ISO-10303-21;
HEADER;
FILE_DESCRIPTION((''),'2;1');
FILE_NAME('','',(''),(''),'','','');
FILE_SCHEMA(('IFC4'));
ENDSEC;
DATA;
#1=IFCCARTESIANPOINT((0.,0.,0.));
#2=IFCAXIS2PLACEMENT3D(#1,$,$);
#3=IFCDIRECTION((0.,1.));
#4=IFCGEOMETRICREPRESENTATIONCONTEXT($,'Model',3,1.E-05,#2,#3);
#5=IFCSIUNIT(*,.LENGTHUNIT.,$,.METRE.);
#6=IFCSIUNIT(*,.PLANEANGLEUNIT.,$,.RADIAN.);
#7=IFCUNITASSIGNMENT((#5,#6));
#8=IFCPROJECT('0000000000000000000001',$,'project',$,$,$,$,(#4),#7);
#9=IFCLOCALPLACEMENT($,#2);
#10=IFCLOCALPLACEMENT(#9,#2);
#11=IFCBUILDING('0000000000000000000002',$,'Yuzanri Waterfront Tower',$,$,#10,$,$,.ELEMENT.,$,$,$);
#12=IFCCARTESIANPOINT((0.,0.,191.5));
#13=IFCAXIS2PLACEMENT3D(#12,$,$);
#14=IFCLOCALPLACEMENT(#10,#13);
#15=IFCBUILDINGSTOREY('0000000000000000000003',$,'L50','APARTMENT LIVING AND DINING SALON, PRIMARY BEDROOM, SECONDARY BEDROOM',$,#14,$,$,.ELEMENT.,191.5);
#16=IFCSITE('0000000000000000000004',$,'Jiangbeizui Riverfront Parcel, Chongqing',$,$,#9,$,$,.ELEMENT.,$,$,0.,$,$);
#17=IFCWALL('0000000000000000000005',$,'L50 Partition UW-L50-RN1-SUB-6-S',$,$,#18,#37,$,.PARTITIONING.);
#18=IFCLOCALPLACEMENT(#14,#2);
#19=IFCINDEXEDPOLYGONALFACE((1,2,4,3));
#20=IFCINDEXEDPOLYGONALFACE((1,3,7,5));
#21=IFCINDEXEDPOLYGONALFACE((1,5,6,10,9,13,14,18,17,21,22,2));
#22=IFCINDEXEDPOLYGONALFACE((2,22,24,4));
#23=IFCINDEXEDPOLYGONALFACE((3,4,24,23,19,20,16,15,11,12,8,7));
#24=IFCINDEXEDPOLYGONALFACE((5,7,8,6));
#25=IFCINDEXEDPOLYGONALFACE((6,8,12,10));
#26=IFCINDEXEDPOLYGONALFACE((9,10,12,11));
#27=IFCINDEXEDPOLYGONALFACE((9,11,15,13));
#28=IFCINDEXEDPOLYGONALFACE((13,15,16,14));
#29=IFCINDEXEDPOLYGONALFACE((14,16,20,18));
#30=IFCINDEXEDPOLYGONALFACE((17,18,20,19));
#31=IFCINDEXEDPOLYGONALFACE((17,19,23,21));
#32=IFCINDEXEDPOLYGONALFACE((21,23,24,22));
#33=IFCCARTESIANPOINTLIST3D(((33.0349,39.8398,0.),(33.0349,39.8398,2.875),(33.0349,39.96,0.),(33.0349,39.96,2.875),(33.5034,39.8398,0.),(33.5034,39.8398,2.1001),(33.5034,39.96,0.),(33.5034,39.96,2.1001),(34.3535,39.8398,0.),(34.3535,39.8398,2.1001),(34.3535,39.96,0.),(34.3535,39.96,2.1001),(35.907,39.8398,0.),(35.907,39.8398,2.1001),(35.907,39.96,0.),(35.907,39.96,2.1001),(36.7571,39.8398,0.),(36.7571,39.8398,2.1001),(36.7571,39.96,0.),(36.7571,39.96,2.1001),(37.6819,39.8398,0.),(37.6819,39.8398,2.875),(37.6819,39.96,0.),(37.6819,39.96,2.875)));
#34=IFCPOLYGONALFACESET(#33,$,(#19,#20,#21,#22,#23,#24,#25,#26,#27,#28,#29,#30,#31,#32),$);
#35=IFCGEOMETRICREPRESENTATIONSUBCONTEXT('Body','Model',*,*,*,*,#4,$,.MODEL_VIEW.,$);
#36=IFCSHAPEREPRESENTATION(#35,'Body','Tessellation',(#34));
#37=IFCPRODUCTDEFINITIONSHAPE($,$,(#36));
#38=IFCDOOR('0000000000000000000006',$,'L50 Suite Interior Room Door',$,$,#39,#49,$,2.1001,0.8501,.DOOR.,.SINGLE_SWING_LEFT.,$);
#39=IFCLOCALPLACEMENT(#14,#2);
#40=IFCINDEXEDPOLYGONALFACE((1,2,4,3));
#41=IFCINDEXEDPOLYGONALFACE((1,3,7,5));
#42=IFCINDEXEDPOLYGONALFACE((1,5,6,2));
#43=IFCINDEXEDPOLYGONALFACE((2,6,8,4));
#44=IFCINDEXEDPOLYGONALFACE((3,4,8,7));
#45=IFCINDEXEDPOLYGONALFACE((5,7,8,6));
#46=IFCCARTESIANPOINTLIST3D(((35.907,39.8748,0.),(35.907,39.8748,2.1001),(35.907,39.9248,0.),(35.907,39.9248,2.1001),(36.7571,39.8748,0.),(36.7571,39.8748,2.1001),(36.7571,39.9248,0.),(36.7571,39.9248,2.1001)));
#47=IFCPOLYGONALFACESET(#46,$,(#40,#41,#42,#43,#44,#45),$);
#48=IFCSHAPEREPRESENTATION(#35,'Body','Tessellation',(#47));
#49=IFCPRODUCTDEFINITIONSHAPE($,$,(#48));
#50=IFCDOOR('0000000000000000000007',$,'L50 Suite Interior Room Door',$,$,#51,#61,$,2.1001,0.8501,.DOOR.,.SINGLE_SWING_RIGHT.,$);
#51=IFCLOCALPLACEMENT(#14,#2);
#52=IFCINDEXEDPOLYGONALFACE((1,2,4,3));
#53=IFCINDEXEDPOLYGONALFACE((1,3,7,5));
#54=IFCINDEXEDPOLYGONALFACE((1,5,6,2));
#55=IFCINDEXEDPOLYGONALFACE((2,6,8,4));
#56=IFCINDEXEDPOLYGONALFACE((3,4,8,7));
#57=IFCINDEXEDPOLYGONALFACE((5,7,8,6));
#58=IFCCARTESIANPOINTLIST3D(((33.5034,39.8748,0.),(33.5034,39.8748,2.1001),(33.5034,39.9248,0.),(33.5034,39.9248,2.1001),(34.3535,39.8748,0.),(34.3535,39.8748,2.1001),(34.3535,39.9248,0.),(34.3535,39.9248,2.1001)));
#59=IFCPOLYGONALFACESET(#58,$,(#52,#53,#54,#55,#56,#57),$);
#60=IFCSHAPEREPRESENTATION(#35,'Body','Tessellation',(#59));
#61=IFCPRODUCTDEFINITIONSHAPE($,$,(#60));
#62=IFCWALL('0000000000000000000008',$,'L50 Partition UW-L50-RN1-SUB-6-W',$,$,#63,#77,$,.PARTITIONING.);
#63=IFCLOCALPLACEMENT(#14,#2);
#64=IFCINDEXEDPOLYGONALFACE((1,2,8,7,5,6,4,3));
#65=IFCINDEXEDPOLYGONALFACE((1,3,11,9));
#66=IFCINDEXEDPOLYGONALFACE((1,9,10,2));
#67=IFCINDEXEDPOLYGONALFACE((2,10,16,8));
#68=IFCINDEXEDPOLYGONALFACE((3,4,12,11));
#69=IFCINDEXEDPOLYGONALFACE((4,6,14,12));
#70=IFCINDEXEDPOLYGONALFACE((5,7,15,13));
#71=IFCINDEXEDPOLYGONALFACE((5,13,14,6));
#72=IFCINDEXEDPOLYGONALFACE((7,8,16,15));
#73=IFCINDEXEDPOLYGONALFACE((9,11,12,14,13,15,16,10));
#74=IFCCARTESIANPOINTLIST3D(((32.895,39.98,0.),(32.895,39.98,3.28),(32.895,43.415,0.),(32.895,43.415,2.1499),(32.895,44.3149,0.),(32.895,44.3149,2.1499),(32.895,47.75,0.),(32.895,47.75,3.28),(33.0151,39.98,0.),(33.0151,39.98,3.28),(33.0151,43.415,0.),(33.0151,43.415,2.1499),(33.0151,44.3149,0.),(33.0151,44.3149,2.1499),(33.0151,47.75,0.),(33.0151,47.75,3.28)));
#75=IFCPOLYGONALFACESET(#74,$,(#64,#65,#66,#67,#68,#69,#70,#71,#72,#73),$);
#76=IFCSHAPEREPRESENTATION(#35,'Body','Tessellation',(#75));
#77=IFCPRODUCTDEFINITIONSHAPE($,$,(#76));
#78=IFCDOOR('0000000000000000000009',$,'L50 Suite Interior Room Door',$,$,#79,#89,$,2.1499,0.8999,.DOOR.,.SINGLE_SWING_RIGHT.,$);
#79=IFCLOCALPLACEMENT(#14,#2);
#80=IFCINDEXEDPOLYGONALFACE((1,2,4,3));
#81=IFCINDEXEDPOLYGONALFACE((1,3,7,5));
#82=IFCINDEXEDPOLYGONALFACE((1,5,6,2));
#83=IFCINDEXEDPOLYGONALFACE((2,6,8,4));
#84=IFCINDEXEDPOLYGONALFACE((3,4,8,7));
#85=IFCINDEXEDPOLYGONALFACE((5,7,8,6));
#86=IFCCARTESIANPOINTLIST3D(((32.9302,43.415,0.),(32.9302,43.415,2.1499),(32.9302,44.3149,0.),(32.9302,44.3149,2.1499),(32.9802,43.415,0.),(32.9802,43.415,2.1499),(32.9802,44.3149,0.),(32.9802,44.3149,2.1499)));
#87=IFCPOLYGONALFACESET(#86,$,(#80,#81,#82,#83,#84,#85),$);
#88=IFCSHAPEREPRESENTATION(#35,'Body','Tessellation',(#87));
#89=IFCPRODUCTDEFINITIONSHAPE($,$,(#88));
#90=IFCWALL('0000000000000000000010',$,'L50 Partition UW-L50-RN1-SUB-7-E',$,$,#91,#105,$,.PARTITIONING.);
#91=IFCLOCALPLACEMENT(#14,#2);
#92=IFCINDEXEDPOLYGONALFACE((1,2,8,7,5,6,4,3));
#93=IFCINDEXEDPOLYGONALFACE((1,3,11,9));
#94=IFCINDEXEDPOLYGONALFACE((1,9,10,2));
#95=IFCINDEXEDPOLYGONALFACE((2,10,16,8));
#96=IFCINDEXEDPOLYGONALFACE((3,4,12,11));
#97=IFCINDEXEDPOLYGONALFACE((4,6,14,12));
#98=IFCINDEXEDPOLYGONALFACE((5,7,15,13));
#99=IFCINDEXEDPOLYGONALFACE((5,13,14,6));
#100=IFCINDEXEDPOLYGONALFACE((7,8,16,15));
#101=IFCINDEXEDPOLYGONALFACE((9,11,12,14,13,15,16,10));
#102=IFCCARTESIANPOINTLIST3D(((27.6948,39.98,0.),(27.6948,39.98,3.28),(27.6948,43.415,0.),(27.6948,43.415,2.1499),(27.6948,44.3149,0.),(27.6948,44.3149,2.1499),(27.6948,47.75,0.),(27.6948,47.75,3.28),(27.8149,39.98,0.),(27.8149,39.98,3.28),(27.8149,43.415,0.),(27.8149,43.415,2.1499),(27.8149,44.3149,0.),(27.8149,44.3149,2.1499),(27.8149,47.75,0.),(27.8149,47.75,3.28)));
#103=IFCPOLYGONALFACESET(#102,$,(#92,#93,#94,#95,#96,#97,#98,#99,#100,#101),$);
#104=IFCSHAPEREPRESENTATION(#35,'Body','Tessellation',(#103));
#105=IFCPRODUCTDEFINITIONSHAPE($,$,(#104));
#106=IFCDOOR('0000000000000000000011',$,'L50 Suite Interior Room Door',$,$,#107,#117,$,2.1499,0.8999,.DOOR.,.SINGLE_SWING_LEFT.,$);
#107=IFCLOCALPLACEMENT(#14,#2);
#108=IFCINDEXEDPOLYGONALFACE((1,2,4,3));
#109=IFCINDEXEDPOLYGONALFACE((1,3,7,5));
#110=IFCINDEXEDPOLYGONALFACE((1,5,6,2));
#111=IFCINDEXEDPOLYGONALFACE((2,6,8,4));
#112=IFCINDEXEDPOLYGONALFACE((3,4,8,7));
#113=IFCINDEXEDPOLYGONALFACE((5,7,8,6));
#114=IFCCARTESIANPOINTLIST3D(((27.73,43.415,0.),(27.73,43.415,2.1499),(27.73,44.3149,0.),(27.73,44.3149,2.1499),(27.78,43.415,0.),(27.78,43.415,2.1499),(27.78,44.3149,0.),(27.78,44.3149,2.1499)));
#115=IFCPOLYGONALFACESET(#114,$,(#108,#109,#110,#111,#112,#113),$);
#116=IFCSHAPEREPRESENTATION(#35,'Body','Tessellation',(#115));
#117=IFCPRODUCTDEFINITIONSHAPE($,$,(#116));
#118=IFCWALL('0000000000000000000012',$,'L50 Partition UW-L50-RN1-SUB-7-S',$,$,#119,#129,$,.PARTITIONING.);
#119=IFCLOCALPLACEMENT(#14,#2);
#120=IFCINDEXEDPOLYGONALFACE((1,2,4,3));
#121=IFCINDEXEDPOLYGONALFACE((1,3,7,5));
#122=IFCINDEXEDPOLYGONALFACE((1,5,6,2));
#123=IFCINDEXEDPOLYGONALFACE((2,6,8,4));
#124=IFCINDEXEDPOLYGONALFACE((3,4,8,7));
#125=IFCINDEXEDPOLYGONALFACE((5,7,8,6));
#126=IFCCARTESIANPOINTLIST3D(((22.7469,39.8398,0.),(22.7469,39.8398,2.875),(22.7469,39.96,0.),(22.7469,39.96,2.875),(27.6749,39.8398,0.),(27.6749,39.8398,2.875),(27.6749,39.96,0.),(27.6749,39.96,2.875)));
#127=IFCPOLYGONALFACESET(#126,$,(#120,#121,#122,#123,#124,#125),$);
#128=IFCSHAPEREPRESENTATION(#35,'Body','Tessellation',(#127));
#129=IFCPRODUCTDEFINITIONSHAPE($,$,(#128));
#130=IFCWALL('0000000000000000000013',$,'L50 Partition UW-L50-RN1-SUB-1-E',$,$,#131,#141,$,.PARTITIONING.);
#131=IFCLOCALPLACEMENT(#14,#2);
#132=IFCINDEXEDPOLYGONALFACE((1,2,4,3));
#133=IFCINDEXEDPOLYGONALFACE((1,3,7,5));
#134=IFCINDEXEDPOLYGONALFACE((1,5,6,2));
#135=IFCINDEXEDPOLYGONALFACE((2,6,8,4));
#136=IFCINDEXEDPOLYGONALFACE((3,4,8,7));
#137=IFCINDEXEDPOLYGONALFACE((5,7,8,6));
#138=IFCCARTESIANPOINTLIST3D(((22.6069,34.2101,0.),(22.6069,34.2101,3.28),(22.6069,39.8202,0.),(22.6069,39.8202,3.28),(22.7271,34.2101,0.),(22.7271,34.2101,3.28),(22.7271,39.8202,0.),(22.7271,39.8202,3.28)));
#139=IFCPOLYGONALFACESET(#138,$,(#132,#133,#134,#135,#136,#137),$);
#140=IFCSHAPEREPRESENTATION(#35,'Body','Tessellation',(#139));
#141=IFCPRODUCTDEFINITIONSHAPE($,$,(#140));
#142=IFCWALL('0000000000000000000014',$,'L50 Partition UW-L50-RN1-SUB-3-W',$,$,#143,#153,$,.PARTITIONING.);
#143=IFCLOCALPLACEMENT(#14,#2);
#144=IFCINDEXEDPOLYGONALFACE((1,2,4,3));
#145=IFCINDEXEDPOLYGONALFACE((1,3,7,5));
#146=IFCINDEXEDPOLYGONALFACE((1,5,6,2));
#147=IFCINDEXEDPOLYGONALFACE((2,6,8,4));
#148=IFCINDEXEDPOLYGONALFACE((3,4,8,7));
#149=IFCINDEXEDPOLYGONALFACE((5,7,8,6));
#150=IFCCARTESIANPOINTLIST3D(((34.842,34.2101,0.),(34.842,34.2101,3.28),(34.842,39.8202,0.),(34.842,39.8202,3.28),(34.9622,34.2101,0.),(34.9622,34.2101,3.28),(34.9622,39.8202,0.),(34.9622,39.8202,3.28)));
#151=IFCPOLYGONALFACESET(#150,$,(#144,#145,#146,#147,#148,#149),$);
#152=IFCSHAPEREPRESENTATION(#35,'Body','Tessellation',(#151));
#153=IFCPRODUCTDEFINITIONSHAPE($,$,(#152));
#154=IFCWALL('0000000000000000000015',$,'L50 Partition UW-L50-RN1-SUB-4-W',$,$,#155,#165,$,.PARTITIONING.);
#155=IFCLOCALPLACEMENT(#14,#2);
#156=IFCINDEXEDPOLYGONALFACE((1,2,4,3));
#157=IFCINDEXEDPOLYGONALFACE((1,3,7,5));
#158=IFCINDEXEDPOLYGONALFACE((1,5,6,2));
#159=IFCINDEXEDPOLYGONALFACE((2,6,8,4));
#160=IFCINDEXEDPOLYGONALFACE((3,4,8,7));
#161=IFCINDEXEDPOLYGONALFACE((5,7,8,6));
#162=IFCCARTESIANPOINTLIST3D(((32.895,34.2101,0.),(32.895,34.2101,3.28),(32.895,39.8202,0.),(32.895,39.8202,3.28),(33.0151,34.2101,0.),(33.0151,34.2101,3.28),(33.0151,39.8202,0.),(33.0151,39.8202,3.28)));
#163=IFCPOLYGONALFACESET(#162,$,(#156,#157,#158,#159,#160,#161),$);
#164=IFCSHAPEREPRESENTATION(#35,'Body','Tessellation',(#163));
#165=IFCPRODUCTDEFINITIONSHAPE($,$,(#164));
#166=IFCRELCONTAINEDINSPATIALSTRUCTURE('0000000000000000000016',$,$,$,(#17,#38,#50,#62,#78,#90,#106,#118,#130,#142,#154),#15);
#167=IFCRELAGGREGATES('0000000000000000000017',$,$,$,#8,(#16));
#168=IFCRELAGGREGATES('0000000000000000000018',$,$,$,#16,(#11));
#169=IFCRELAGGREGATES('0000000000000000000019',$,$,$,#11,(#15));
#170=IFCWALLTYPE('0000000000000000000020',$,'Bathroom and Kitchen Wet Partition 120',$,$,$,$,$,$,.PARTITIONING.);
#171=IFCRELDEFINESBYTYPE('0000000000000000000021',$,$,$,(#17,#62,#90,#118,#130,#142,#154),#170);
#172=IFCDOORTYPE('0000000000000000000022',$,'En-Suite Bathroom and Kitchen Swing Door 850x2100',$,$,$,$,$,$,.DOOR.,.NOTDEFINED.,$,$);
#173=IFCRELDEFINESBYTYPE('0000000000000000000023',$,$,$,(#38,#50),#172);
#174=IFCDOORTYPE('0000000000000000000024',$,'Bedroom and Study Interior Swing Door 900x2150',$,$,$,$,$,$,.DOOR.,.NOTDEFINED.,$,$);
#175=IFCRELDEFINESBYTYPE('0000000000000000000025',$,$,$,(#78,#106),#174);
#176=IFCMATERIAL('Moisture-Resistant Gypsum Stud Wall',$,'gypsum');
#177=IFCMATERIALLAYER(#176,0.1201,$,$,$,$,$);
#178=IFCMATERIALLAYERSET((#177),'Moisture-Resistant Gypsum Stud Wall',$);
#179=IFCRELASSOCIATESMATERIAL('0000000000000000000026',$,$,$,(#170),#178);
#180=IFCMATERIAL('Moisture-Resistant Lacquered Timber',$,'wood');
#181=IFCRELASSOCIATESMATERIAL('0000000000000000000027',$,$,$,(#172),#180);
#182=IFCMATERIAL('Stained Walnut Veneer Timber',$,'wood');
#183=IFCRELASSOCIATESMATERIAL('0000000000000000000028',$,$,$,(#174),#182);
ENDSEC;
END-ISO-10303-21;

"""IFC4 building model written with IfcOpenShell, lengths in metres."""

from ifc_helpers import new_model, si_unit, direction, frame, frame_2d, origin, place, context, subcontext, project, spatial, rectangle, extrude, source, transform, mapped, material, layer, layer_set, type_object, element, fill, save


model = new_model("IFC4")

# Units and contexts
model_context = context("Model", 3, precision=1e-05, world=origin(), true_north=direction((0.0, 1.0)))
body_context = subcontext(model_context, "Body", "Model", "MODEL_VIEW")
ifc_project = project(units=[si_unit("LENGTHUNIT", "METRE"), si_unit("PLANEANGLEUNIT", "RADIAN")], contexts=[model_context])

# Site, building, storey
site_placement = place(None, origin())
site = spatial("IfcSite", under=ifc_project, at=site_placement, Name="Jiangbeizui Riverfront Parcel, Chongqing", CompositionType="ELEMENT", RefElevation=0.0)
building_placement = place(site_placement, origin())
building = spatial("IfcBuilding", under=site, at=building_placement, Name="Yuzanri Waterfront Tower", CompositionType="ELEMENT")
storey_placement = place(building_placement, frame((0.0, 0.0, 191.5)))
storey = spatial("IfcBuildingStorey", under=building, at=storey_placement, Name="L50", Description="APARTMENT LIVING AND DINING SALON, PRIMARY BEDROOM, SECONDARY BEDROOM", CompositionType="ELEMENT", Elevation=191.5)

# Shared definitions
ifc_material_1 = material(Name="Moisture-Resistant Gypsum Stud Wall", Category="gypsum")
ifc_layer_1 = layer(ifc_material_1, 0.1201)
ifc_layer_set_1 = layer_set([ifc_layer_1], Name="Moisture-Resistant Gypsum Stud Wall")
wall_type = type_object("IfcWallType", Name="Bathroom and Kitchen Wet Partition 120", PredefinedType="PARTITIONING", material=ifc_layer_set_1)
ifc_material_2 = material(Name="Moisture-Resistant Lacquered Timber", Category="wood")
door_type_1 = type_object("IfcDoorType", Name="En-Suite Bathroom and Kitchen Swing Door 850x2100", OperationType="NOTDEFINED", PredefinedType="DOOR", material=ifc_material_2)
shared_shape_1 = source(origin(), body_context, "Body", "SweptSolid", [
    extrude(rectangle(XDim=0.8501, YDim=2.1001, at=frame_2d((0.425, 1.05))), frame((0.0, 0.0249, 0.0), z_axis=(0.0, -1.0, 0.0), x_axis=(1.0, 0.0, 0.0)), (0.0, 0.0, 1.0), 0.05),
])
ifc_material_3 = material(Name="Stained Walnut Veneer Timber", Category="wood")
door_type_2 = type_object("IfcDoorType", Name="Bedroom and Study Interior Swing Door 900x2150", OperationType="NOTDEFINED", PredefinedType="DOOR", material=ifc_material_3)
shared_shape_2 = source(origin(), body_context, "Body", "SweptSolid", [
    extrude(rectangle(XDim=0.8999, YDim=2.1499, at=frame_2d((0.45, 1.075))), frame((0.0, 0.0249, 0.0), z_axis=(0.0, -1.0, 0.0), x_axis=(1.0, 0.0, 0.0)), (0.0, 0.0, 1.0), 0.05),
])

# Wall, openings, doors
wall_1_placement = place(storey_placement, frame((33.0349, 39.8999, 0.0), z_axis=(0.0, 0.0, 1.0), x_axis=(1.0, 0.0, 0.0)))
wall_1 = element("IfcWall", 1, at=wall_1_placement, inside=storey, type_object=wall_type, Name="L50 Partition UW-L50-RN1-SUB-6-S", PredefinedType="PARTITIONING", context=body_context, shape_type="SweptSolid", body=[
    extrude(rectangle(XDim=4.647, YDim=0.1201, at=frame_2d((2.3235, 0.0))), origin(), (0.0, 0.0, 1.0), 2.875),
])
opening_1_placement = place(wall_1_placement, frame((2.8721, 0.0, 0.0)))
opening_1 = element("IfcOpeningElement", 2, at=opening_1_placement, cuts=wall_1, PredefinedType="OPENING", context=body_context, shape_type="SweptSolid", body=[
    extrude(rectangle(XDim=0.8501, YDim=2.1001, at=frame_2d((0.425, 1.05))), frame((0.0, 0.075, 0.0), z_axis=(0.0, -1.0, 0.0), x_axis=(1.0, 0.0, 0.0)), (0.0, 0.0, 1.0), 0.1499),
])
opening_2_placement = place(wall_1_placement, frame((0.4685, 0.0, 0.0)))
opening_2 = element("IfcOpeningElement", 3, at=opening_2_placement, cuts=wall_1, PredefinedType="OPENING", context=body_context, shape_type="SweptSolid", body=[
    extrude(rectangle(XDim=0.8501, YDim=2.1001, at=frame_2d((0.425, 1.05))), frame((0.0, 0.075, 0.0), z_axis=(0.0, -1.0, 0.0), x_axis=(1.0, 0.0, 0.0)), (0.0, 0.0, 1.0), 0.1499),
])
door_1_placement = place(opening_1_placement, origin())
door_1 = element("IfcDoor", 4, at=door_1_placement, inside=storey, type_object=door_type_1, Name="L50 Suite Interior Room Door", OperationType="SINGLE_SWING_LEFT", OverallHeight=2.1001, OverallWidth=0.8501, PredefinedType="DOOR", context=body_context, shape_type="MappedRepresentation", body=[
    mapped(shared_shape_1, transform((0.0, 0.0, 0.0), scale=1.0)),
])
fill(opening_1, door_1)
door_2_placement = place(opening_2_placement, origin())
door_2 = element("IfcDoor", 5, at=door_2_placement, inside=storey, type_object=door_type_1, Name="L50 Suite Interior Room Door", OperationType="SINGLE_SWING_RIGHT", OverallHeight=2.1001, OverallWidth=0.8501, PredefinedType="DOOR", context=body_context, shape_type="MappedRepresentation", body=[
    mapped(shared_shape_1, transform((0.0, 0.0, 0.0), scale=1.0)),
])
fill(opening_2, door_2)

# Walls, openings, doors
wall_2_placement = place(storey_placement, frame((32.9551, 39.98, 0.0), z_axis=(0.0, 0.0, 1.0), x_axis=(0.0, 1.0, 0.0)))
wall_2 = element("IfcWall", 6, at=wall_2_placement, inside=storey, type_object=wall_type, Name="L50 Partition UW-L50-RN1-SUB-6-W", PredefinedType="PARTITIONING", context=body_context, shape_type="SweptSolid", body=[
    extrude(rectangle(XDim=7.77, YDim=0.1201, at=frame_2d((3.885, 0.0))), origin(), (0.0, 0.0, 1.0), 3.28),
])
opening_3_placement = place(wall_2_placement, frame((3.4351, 0.0, 0.0)))
opening_3 = element("IfcOpeningElement", 7, at=opening_3_placement, cuts=wall_2, PredefinedType="OPENING", context=body_context, shape_type="SweptSolid", body=[
    extrude(rectangle(XDim=0.8999, YDim=2.1499, at=frame_2d((0.45, 1.075))), frame((0.0, 0.075, 0.0), z_axis=(0.0, -1.0, 0.0), x_axis=(1.0, 0.0, 0.0)), (0.0, 0.0, 1.0), 0.1499),
])
door_3_placement = place(opening_3_placement, origin())
door_3 = element("IfcDoor", 8, at=door_3_placement, inside=storey, type_object=door_type_2, Name="L50 Suite Interior Room Door", OperationType="SINGLE_SWING_RIGHT", OverallHeight=2.1499, OverallWidth=0.8999, PredefinedType="DOOR", context=body_context, shape_type="MappedRepresentation", body=[
    mapped(shared_shape_2, transform((0.0, 0.0, 0.0), scale=1.0)),
])
fill(opening_3, door_3)
wall_3_placement = place(storey_placement, frame((27.7549, 39.98, 0.0), z_axis=(0.0, 0.0, 1.0), x_axis=(0.0, 1.0, 0.0)))
wall_3 = element("IfcWall", 9, at=wall_3_placement, inside=storey, type_object=wall_type, Name="L50 Partition UW-L50-RN1-SUB-7-E", PredefinedType="PARTITIONING", context=body_context, shape_type="SweptSolid", body=[
    extrude(rectangle(XDim=7.77, YDim=0.1201, at=frame_2d((3.885, 0.0))), origin(), (0.0, 0.0, 1.0), 3.28),
])
opening_4_placement = place(wall_3_placement, frame((3.4351, 0.0, 0.0)))
opening_4 = element("IfcOpeningElement", 10, at=opening_4_placement, cuts=wall_3, PredefinedType="OPENING", context=body_context, shape_type="SweptSolid", body=[
    extrude(rectangle(XDim=0.8999, YDim=2.1499, at=frame_2d((0.45, 1.075))), frame((0.0, 0.075, 0.0), z_axis=(0.0, -1.0, 0.0), x_axis=(1.0, 0.0, 0.0)), (0.0, 0.0, 1.0), 0.1499),
])
door_4_placement = place(opening_4_placement, origin())
door_4 = element("IfcDoor", 11, at=door_4_placement, inside=storey, type_object=door_type_2, Name="L50 Suite Interior Room Door", OperationType="SINGLE_SWING_LEFT", OverallHeight=2.1499, OverallWidth=0.8999, PredefinedType="DOOR", context=body_context, shape_type="MappedRepresentation", body=[
    mapped(shared_shape_2, transform((0.0, 0.0, 0.0), scale=1.0)),
])
fill(opening_4, door_4)

# Walls
shared_shape_3 = source(origin(), body_context, "Body", "SweptSolid", [
    extrude(rectangle(XDim=4.928, YDim=0.1201, at=frame_2d((2.4639, 0.0))), origin(), (0.0, 0.0, 1.0), 2.875),
])
wall_4_placement = place(storey_placement, frame((22.7471, 39.8999, 0.0), z_axis=(0.0, 0.0, 1.0), x_axis=(1.0, 0.0, 0.0)))
element("IfcWall", 12, at=wall_4_placement, inside=storey, type_object=wall_type, Name="L50 Partition UW-L50-RN1-SUB-7-S", PredefinedType="PARTITIONING", context=body_context, shape_type="MappedRepresentation", body=[
    mapped(shared_shape_3, transform((0.0, 0.0, 0.0), scale=1.0)),
])
shared_shape_4 = source(origin(), body_context, "Body", "SweptSolid", [
    extrude(rectangle(XDim=5.6101, YDim=0.1201, at=frame_2d((2.8052, 0.0))), origin(), (0.0, 0.0, 1.0), 3.28),
])
for number, where, z_axis, x_axis, name in (
    (13, (22.667, 34.21, 0.0), (0.0, 0.0, 1.0), (0.0, 1.0, 0.0), "L50 Partition UW-L50-RN1-SUB-1-E"),
    (14, (34.9021, 34.21, 0.0), (0.0, 0.0, 1.0), (0.0, 1.0, 0.0), "L50 Partition UW-L50-RN1-SUB-3-W"),
    (15, (32.9551, 34.21, 0.0), (0.0, 0.0, 1.0), (0.0, 1.0, 0.0), "L50 Partition UW-L50-RN1-SUB-4-W"),
):
    element("IfcWall", number, at=place(storey_placement, frame(where, z_axis=z_axis, x_axis=x_axis)), inside=storey, type_object=wall_type, Name=name, PredefinedType="PARTITIONING", context=body_context, shape_type="MappedRepresentation", body=[
        mapped(shared_shape_4, transform((0.0, 0.0, 0.0), scale=1.0)),
    ])

save(model, "model.ifc")
